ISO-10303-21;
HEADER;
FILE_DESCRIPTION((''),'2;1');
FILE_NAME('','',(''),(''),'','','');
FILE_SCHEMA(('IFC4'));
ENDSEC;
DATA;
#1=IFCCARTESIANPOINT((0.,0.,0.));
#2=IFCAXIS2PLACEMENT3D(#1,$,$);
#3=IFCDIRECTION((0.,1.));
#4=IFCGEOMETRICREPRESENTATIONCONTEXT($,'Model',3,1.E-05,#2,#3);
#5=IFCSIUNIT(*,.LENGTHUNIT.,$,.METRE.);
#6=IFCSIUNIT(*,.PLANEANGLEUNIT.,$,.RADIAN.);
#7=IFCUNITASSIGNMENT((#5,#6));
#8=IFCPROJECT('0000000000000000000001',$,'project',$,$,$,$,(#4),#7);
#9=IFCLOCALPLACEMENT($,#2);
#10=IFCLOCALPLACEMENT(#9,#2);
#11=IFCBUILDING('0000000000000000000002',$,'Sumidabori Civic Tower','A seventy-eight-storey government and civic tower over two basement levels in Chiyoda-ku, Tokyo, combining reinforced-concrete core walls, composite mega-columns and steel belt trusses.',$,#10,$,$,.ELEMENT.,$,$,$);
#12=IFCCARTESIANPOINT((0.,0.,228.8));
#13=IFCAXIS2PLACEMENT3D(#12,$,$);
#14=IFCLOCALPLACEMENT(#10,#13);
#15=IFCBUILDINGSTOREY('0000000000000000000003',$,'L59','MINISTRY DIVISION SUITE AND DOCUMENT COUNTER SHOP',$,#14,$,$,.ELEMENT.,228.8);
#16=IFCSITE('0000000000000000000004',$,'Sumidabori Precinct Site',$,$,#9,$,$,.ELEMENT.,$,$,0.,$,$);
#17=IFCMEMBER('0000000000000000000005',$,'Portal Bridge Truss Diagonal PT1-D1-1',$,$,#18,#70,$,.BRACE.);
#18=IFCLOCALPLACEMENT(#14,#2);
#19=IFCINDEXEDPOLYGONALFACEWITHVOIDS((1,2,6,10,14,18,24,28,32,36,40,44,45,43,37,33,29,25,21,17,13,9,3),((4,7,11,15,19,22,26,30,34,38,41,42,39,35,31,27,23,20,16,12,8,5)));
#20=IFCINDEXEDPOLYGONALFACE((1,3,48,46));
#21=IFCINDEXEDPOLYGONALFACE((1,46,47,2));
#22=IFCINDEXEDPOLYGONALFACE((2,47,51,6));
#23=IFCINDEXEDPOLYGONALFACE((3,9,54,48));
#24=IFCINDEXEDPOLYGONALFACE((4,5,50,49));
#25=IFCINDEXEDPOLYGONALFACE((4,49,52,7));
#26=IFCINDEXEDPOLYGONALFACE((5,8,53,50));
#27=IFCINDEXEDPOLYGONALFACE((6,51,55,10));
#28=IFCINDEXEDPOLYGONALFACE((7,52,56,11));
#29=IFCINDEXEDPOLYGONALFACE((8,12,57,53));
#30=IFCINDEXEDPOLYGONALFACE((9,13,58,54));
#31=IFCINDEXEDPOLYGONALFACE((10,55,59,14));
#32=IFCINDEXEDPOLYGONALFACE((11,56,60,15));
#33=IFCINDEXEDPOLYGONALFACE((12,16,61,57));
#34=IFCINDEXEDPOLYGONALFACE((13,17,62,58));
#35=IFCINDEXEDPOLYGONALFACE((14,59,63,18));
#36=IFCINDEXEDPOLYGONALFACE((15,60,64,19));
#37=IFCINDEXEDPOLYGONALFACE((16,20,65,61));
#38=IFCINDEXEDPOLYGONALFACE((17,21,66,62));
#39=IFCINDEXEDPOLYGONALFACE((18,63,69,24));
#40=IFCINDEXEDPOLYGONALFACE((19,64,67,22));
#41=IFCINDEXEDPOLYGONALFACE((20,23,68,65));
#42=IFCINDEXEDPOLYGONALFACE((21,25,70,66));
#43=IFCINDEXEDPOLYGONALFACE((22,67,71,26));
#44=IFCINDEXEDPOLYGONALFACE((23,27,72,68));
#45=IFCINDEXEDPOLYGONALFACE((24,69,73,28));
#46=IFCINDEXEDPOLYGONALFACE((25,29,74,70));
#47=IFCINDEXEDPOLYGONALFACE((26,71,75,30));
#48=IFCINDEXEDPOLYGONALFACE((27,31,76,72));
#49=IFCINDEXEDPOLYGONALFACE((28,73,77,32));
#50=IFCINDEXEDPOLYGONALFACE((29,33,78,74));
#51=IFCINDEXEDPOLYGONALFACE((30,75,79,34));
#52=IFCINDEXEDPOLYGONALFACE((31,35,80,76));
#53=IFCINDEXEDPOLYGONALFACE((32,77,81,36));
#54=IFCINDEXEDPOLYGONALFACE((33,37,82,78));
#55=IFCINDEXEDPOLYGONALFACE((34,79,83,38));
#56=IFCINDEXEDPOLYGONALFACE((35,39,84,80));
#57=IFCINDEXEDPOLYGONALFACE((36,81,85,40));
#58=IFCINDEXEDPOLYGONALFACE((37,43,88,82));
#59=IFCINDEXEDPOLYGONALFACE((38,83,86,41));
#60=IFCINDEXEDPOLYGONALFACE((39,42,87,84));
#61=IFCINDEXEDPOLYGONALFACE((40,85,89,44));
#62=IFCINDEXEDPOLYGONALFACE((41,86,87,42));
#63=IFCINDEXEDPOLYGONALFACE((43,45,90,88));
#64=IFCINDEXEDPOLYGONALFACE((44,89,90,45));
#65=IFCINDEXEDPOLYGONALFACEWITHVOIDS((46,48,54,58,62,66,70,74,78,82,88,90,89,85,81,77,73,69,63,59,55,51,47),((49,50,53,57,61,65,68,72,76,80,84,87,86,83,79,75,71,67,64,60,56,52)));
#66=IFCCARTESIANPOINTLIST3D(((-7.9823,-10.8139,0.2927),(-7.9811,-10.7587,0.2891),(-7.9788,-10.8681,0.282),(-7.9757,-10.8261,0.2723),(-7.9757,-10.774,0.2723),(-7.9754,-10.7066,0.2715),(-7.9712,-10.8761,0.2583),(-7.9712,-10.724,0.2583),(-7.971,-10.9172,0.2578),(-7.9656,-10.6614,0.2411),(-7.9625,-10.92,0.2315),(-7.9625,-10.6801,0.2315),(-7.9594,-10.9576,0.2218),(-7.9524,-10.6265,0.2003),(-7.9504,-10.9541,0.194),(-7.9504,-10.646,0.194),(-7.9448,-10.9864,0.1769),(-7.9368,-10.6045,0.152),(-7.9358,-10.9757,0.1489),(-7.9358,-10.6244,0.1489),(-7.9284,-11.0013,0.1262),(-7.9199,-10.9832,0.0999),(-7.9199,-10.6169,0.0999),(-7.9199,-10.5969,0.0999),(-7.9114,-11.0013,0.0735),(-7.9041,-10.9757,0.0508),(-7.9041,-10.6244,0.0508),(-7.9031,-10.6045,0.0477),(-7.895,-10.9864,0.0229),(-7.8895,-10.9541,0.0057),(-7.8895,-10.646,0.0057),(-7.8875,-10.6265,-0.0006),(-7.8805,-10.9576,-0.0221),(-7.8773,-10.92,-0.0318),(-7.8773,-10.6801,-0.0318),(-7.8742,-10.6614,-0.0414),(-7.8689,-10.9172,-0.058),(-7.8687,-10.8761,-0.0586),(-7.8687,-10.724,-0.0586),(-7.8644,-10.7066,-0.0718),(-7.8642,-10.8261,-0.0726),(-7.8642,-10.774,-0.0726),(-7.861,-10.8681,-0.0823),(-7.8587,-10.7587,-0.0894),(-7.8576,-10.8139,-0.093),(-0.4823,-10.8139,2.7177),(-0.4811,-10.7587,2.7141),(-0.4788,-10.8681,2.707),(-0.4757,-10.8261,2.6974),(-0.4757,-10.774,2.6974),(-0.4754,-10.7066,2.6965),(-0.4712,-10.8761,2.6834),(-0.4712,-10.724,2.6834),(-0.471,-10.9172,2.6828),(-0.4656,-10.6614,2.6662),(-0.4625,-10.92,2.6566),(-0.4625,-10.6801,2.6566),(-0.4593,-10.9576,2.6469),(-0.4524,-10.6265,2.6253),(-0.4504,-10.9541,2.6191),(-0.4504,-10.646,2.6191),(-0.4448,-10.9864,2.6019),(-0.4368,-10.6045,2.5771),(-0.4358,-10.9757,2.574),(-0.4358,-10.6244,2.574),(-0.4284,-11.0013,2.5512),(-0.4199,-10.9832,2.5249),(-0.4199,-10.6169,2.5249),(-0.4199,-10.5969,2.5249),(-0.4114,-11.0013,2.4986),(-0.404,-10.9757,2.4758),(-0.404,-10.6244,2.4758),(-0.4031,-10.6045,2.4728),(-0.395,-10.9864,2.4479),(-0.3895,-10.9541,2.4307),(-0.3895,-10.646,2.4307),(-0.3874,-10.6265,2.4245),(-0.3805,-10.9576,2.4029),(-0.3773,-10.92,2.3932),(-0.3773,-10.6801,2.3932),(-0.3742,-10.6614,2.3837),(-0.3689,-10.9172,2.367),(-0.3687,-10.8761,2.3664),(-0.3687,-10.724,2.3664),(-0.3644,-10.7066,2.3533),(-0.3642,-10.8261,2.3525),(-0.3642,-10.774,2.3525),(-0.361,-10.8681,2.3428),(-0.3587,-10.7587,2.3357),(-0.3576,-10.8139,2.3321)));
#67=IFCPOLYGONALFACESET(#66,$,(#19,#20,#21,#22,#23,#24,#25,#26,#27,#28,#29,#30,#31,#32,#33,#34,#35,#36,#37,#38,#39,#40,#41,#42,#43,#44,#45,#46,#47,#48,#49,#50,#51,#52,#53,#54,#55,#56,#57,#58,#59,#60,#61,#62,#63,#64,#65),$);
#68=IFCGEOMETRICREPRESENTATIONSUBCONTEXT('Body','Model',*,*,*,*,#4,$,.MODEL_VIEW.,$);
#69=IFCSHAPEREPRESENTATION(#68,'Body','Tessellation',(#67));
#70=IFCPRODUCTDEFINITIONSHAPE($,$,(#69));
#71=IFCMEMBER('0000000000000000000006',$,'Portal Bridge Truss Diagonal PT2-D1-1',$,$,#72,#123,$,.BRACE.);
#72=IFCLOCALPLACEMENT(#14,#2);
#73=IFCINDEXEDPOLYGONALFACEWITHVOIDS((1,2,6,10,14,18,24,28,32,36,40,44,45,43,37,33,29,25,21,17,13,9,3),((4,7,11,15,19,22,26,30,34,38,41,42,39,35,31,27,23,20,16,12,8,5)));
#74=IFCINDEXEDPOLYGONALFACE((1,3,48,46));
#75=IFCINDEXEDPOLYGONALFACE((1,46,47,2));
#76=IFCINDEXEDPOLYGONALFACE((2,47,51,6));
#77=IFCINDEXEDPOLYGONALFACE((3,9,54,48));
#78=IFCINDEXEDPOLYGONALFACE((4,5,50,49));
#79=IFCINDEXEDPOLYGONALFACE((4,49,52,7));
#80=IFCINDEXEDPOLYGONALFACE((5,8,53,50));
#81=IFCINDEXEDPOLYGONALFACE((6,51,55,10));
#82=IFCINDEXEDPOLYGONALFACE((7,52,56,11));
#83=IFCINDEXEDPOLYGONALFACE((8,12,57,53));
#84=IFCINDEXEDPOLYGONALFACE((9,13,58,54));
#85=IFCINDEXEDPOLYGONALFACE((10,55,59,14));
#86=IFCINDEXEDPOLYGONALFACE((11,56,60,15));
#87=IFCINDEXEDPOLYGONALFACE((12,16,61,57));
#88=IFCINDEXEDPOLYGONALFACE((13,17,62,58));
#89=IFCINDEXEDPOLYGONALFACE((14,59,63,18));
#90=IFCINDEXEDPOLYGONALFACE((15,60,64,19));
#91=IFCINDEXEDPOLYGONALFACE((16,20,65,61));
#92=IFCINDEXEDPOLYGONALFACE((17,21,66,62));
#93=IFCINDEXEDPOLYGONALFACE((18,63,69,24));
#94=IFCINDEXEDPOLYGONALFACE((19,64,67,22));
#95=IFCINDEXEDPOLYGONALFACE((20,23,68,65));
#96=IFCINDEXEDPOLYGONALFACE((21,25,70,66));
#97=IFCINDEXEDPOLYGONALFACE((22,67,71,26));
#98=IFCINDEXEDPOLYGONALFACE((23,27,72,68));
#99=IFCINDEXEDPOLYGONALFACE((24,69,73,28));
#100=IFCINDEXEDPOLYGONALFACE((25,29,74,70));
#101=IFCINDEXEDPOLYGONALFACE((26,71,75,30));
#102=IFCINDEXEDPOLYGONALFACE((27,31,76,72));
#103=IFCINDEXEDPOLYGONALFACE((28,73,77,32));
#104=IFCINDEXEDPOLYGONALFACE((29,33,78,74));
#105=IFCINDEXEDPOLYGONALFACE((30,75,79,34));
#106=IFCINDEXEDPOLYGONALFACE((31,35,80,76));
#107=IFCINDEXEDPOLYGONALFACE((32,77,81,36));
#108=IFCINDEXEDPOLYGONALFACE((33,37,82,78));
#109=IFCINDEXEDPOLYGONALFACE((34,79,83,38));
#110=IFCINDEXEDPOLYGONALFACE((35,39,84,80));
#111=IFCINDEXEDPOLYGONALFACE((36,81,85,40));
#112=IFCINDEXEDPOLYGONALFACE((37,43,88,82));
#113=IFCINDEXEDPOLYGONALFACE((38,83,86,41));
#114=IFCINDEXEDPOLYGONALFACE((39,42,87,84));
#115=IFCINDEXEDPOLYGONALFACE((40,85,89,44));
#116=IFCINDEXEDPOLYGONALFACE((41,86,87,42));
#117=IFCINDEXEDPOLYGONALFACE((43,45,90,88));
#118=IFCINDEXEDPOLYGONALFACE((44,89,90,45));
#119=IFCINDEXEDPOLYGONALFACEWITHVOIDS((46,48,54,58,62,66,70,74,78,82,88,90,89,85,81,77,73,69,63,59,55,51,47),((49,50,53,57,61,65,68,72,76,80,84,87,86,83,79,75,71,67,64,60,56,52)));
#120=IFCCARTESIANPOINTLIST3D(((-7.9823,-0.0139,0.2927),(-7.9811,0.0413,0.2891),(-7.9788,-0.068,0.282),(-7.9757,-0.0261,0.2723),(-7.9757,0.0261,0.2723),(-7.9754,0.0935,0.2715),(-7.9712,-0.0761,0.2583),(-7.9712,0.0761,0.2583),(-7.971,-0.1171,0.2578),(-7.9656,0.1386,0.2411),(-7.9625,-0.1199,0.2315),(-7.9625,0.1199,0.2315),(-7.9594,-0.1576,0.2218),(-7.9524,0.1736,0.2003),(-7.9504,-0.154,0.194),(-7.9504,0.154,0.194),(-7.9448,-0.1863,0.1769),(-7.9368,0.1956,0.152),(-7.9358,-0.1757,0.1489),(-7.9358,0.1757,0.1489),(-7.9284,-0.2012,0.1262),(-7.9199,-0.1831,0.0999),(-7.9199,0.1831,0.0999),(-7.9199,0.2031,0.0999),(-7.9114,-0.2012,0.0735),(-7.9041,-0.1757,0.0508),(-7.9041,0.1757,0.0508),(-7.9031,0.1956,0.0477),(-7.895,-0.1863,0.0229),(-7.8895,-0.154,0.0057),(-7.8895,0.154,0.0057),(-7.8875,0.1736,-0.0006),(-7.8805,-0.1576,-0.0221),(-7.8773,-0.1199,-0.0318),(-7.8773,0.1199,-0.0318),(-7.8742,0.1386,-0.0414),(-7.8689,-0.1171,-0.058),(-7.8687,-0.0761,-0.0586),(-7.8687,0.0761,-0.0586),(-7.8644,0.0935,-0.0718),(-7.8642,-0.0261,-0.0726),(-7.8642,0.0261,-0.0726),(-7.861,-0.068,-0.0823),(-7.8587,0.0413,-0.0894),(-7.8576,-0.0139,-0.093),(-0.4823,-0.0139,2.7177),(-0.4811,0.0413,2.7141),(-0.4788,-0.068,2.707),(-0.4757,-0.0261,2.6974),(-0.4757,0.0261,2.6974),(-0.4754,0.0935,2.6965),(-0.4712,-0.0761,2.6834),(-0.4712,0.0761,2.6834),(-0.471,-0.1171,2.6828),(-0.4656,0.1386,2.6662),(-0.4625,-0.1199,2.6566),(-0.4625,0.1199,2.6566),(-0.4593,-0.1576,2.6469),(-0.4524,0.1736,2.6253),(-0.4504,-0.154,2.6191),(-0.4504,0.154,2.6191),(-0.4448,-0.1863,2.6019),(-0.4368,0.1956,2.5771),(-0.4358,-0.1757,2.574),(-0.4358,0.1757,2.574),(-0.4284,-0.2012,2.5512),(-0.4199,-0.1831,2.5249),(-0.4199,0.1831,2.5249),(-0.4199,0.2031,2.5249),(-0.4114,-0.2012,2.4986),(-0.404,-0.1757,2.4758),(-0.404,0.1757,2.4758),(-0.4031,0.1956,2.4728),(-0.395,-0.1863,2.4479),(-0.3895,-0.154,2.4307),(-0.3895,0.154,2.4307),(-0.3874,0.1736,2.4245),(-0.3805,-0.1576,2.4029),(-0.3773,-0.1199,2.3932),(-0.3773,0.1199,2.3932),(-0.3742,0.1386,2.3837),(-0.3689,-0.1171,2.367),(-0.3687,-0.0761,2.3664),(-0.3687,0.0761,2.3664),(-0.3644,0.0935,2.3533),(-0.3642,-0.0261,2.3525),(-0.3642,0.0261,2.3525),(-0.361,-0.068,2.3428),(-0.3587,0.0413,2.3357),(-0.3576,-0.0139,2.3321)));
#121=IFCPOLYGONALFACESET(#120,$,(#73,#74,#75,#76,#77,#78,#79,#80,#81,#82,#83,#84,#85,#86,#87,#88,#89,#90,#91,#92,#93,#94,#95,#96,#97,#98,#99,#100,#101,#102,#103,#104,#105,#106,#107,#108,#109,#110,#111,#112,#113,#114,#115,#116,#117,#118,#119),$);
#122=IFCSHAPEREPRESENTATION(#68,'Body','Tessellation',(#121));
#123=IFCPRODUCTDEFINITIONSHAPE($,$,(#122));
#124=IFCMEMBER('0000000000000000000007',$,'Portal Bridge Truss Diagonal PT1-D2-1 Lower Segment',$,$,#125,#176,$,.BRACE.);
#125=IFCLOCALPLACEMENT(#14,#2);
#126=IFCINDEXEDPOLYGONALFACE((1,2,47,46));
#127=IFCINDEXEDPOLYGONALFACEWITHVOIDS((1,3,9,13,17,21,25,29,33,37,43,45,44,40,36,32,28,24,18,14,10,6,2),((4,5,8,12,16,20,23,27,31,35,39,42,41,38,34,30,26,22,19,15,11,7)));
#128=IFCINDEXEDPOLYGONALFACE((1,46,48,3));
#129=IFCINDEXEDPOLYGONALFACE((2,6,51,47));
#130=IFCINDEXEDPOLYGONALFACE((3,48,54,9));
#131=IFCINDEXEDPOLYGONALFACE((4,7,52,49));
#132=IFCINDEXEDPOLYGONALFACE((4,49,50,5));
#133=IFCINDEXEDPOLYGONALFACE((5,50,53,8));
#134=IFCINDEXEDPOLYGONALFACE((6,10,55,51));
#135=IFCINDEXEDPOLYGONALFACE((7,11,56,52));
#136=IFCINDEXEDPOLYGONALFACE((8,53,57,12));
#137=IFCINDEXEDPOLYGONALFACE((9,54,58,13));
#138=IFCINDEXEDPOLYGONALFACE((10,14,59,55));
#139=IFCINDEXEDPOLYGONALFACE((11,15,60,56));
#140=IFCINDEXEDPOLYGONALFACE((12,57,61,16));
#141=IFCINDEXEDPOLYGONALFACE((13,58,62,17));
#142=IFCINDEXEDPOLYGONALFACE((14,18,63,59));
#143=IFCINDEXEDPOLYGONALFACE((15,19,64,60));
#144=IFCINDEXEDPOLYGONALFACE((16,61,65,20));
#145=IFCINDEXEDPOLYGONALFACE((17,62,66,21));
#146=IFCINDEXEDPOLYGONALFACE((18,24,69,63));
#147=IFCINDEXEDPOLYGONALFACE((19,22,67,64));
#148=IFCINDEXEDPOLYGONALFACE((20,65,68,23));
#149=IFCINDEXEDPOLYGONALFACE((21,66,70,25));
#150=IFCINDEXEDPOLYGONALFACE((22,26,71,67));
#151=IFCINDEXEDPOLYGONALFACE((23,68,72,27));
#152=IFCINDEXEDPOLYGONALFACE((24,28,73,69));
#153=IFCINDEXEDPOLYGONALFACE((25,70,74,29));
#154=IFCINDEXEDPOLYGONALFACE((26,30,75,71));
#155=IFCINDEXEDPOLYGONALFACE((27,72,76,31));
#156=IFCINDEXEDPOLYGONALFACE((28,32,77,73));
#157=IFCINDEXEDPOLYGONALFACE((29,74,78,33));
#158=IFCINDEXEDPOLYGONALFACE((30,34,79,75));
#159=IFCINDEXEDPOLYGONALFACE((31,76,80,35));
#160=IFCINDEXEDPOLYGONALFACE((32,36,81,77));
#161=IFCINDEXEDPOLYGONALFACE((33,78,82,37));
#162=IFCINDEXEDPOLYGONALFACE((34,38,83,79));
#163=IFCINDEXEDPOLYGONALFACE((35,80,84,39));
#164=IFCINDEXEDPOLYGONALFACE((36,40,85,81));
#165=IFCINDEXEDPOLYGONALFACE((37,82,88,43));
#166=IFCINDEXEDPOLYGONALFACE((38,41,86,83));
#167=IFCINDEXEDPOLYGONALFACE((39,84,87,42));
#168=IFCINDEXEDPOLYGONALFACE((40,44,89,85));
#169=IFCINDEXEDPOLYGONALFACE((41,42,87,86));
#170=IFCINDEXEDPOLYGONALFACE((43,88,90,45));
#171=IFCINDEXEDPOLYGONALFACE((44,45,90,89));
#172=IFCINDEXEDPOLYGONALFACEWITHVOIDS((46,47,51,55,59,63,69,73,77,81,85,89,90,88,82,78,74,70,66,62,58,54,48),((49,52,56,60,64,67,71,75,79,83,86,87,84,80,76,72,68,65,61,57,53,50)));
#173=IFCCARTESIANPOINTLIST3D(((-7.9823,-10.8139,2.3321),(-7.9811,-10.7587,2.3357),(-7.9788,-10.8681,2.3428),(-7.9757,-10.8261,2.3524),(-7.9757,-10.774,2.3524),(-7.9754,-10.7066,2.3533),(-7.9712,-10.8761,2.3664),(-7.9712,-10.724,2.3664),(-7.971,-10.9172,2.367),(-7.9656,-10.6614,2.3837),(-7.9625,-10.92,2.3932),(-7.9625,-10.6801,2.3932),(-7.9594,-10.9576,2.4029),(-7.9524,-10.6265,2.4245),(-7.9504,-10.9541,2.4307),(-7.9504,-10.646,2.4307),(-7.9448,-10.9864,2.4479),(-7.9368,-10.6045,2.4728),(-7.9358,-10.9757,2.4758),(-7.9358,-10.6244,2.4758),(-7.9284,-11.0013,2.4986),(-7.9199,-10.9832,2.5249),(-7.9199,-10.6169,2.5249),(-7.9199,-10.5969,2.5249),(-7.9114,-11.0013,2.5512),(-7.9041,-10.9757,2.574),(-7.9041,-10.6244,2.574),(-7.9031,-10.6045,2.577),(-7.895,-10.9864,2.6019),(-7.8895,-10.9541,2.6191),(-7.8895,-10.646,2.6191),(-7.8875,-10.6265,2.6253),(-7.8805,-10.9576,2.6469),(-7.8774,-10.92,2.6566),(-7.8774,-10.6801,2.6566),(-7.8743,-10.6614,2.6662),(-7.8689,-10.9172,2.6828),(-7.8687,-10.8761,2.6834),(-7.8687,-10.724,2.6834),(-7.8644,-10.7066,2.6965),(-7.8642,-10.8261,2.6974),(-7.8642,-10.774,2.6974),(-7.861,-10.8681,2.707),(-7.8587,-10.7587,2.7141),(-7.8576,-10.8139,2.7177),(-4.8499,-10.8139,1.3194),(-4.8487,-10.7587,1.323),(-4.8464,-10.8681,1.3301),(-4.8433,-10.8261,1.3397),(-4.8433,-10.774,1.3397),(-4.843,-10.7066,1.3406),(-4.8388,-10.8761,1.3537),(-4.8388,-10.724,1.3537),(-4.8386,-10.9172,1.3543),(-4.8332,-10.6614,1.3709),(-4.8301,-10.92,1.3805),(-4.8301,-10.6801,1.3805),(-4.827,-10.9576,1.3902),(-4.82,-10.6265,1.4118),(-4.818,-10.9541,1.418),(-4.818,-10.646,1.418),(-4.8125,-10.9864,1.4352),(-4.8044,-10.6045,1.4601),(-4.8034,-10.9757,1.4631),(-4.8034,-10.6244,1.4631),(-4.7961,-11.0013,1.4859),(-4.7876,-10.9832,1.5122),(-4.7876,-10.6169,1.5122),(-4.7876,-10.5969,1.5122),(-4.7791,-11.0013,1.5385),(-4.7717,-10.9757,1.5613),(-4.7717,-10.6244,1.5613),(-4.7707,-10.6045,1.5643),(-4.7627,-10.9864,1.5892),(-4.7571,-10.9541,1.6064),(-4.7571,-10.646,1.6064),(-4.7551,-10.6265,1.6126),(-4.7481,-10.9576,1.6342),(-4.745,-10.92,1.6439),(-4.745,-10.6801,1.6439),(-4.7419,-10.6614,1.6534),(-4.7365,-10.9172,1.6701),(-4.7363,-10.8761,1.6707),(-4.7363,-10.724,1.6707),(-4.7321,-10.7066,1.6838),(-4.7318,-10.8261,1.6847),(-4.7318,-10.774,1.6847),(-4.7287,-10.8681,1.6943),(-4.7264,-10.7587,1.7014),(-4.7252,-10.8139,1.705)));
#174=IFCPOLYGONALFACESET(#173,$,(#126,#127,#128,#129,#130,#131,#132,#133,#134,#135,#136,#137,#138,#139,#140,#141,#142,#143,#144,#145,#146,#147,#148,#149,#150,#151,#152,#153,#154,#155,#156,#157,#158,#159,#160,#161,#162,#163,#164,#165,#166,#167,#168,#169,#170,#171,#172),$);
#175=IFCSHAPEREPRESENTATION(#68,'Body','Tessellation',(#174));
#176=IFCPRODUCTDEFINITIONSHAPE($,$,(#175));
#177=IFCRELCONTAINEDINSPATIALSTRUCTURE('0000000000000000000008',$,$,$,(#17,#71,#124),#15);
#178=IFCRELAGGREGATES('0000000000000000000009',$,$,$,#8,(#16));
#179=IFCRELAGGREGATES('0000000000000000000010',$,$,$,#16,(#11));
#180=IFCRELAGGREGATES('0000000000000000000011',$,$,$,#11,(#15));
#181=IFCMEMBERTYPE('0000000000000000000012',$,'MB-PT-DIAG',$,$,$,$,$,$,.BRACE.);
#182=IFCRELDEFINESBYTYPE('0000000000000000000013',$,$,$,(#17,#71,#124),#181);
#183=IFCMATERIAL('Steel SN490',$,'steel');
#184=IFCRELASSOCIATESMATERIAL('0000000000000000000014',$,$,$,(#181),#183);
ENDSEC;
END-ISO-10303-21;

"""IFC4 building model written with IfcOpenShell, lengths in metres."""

from ifc_helpers import new_model, si_unit, direction, frame, origin, origin_2d, place, context, subcontext, project, spatial, hollow_circle, extrude, source, transform, mapped, material, material_profile, profile_set, type_object, element, save


model = new_model("IFC4")

# Units and contexts
model_context = context("Model", 3, precision=1e-05, world=origin(), true_north=direction((0.0, 1.0)))
body_context = subcontext(model_context, "Body", "Model", "MODEL_VIEW")
ifc_project = project(units=[si_unit("LENGTHUNIT", "METRE"), si_unit("PLANEANGLEUNIT", "RADIAN")], contexts=[model_context])

# Site, building, storey
site_placement = place(None, origin())
site = spatial("IfcSite", under=ifc_project, at=site_placement, Name="Sumidabori Precinct Site", CompositionType="ELEMENT", RefElevation=0.0)
building_placement = place(site_placement, origin())
building = spatial("IfcBuilding", under=site, at=building_placement, Name="Sumidabori Civic Tower", Description="A seventy-eight-storey government and civic tower over two basement levels in Chiyoda-ku, Tokyo, combining reinforced-concrete core walls, composite mega-columns and steel belt trusses.", CompositionType="ELEMENT")
storey_placement = place(building_placement, frame((0.0, 0.0, 228.8)))
storey = spatial("IfcBuildingStorey", under=building, at=storey_placement, Name="L59", Description="MINISTRY DIVISION SUITE AND DOCUMENT COUNTER SHOP", CompositionType="ELEMENT", Elevation=228.8)

# Shared definitions
ifc_material_1 = material(Name="Steel SN490", Category="steel")

# Members
ifc_material_profile_1 = material_profile(ifc_material_1, hollow_circle(Radius=0.2031, WallThickness=0.02, at=origin_2d()), Name="CHS 406.4x20")
ifc_profile_set_1 = profile_set([ifc_material_profile_1], Name="Steel SN490")
member_type = type_object("IfcMemberType", Name="MB-PT-DIAG", PredefinedType="BRACE", material=ifc_profile_set_1)
shared_shape_1 = source(origin(), body_context, "Body", "SweptSolid", [
    extrude(hollow_circle(Radius=0.2031, WallThickness=0.02, at=origin_2d()), origin(), (0.0, 0.0, 1.0), 7.8823),
])
for number, where, z_axis, x_axis, name in (
    (1, (-7.9199, -10.8, 0.0999), (0.951497, 0.0, 0.307657), (0.0, 1.0, 0.0), "Portal Bridge Truss Diagonal PT1-D1-1"),
    (2, (-7.9199, 0.0, 0.0999), (0.951497, 0.0, 0.307657), (0.0, 1.0, 0.0), "Portal Bridge Truss Diagonal PT2-D1-1"),
):
    element("IfcMember", number, at=place(storey_placement, frame(where, z_axis=z_axis, x_axis=x_axis)), inside=storey, type_object=member_type, Name=name, PredefinedType="BRACE", context=body_context, shape_type="MappedRepresentation", body=[
        mapped(shared_shape_1, transform((0.0, 0.0, 0.0), x_axis=(1.0, 0.0, 0.0), y_axis=(0.0, 1.0, 0.0), z_axis=(0.0, 0.0, 1.0), scale=1.0)),
    ])
shared_shape_2 = source(origin(), body_context, "Body", "SweptSolid", [
    extrude(hollow_circle(Radius=0.2031, WallThickness=0.02, at=origin_2d()), origin(), (0.0, 0.0, 1.0), 3.292),
])
for number, where, z_axis, x_axis, name in (
    (3, (-7.9199, -10.8, 2.5249), (0.951507, 0.0, -0.307627), (0.0, 1.0, 0.0), "Portal Bridge Truss Diagonal PT1-D2-1 Lower Segment"),
):
    element("IfcMember", number, at=place(storey_placement, frame(where, z_axis=z_axis, x_axis=x_axis)), inside=storey, type_object=member_type, Name=name, PredefinedType="BRACE", context=body_context, shape_type="MappedRepresentation", body=[
        mapped(shared_shape_2, transform((0.0, 0.0, 0.0), x_axis=(1.0, 0.0, 0.0), y_axis=(0.0, 1.0, 0.0), z_axis=(0.0, 0.0, 1.0), scale=1.0)),
    ])

save(model, "model.ifc")
